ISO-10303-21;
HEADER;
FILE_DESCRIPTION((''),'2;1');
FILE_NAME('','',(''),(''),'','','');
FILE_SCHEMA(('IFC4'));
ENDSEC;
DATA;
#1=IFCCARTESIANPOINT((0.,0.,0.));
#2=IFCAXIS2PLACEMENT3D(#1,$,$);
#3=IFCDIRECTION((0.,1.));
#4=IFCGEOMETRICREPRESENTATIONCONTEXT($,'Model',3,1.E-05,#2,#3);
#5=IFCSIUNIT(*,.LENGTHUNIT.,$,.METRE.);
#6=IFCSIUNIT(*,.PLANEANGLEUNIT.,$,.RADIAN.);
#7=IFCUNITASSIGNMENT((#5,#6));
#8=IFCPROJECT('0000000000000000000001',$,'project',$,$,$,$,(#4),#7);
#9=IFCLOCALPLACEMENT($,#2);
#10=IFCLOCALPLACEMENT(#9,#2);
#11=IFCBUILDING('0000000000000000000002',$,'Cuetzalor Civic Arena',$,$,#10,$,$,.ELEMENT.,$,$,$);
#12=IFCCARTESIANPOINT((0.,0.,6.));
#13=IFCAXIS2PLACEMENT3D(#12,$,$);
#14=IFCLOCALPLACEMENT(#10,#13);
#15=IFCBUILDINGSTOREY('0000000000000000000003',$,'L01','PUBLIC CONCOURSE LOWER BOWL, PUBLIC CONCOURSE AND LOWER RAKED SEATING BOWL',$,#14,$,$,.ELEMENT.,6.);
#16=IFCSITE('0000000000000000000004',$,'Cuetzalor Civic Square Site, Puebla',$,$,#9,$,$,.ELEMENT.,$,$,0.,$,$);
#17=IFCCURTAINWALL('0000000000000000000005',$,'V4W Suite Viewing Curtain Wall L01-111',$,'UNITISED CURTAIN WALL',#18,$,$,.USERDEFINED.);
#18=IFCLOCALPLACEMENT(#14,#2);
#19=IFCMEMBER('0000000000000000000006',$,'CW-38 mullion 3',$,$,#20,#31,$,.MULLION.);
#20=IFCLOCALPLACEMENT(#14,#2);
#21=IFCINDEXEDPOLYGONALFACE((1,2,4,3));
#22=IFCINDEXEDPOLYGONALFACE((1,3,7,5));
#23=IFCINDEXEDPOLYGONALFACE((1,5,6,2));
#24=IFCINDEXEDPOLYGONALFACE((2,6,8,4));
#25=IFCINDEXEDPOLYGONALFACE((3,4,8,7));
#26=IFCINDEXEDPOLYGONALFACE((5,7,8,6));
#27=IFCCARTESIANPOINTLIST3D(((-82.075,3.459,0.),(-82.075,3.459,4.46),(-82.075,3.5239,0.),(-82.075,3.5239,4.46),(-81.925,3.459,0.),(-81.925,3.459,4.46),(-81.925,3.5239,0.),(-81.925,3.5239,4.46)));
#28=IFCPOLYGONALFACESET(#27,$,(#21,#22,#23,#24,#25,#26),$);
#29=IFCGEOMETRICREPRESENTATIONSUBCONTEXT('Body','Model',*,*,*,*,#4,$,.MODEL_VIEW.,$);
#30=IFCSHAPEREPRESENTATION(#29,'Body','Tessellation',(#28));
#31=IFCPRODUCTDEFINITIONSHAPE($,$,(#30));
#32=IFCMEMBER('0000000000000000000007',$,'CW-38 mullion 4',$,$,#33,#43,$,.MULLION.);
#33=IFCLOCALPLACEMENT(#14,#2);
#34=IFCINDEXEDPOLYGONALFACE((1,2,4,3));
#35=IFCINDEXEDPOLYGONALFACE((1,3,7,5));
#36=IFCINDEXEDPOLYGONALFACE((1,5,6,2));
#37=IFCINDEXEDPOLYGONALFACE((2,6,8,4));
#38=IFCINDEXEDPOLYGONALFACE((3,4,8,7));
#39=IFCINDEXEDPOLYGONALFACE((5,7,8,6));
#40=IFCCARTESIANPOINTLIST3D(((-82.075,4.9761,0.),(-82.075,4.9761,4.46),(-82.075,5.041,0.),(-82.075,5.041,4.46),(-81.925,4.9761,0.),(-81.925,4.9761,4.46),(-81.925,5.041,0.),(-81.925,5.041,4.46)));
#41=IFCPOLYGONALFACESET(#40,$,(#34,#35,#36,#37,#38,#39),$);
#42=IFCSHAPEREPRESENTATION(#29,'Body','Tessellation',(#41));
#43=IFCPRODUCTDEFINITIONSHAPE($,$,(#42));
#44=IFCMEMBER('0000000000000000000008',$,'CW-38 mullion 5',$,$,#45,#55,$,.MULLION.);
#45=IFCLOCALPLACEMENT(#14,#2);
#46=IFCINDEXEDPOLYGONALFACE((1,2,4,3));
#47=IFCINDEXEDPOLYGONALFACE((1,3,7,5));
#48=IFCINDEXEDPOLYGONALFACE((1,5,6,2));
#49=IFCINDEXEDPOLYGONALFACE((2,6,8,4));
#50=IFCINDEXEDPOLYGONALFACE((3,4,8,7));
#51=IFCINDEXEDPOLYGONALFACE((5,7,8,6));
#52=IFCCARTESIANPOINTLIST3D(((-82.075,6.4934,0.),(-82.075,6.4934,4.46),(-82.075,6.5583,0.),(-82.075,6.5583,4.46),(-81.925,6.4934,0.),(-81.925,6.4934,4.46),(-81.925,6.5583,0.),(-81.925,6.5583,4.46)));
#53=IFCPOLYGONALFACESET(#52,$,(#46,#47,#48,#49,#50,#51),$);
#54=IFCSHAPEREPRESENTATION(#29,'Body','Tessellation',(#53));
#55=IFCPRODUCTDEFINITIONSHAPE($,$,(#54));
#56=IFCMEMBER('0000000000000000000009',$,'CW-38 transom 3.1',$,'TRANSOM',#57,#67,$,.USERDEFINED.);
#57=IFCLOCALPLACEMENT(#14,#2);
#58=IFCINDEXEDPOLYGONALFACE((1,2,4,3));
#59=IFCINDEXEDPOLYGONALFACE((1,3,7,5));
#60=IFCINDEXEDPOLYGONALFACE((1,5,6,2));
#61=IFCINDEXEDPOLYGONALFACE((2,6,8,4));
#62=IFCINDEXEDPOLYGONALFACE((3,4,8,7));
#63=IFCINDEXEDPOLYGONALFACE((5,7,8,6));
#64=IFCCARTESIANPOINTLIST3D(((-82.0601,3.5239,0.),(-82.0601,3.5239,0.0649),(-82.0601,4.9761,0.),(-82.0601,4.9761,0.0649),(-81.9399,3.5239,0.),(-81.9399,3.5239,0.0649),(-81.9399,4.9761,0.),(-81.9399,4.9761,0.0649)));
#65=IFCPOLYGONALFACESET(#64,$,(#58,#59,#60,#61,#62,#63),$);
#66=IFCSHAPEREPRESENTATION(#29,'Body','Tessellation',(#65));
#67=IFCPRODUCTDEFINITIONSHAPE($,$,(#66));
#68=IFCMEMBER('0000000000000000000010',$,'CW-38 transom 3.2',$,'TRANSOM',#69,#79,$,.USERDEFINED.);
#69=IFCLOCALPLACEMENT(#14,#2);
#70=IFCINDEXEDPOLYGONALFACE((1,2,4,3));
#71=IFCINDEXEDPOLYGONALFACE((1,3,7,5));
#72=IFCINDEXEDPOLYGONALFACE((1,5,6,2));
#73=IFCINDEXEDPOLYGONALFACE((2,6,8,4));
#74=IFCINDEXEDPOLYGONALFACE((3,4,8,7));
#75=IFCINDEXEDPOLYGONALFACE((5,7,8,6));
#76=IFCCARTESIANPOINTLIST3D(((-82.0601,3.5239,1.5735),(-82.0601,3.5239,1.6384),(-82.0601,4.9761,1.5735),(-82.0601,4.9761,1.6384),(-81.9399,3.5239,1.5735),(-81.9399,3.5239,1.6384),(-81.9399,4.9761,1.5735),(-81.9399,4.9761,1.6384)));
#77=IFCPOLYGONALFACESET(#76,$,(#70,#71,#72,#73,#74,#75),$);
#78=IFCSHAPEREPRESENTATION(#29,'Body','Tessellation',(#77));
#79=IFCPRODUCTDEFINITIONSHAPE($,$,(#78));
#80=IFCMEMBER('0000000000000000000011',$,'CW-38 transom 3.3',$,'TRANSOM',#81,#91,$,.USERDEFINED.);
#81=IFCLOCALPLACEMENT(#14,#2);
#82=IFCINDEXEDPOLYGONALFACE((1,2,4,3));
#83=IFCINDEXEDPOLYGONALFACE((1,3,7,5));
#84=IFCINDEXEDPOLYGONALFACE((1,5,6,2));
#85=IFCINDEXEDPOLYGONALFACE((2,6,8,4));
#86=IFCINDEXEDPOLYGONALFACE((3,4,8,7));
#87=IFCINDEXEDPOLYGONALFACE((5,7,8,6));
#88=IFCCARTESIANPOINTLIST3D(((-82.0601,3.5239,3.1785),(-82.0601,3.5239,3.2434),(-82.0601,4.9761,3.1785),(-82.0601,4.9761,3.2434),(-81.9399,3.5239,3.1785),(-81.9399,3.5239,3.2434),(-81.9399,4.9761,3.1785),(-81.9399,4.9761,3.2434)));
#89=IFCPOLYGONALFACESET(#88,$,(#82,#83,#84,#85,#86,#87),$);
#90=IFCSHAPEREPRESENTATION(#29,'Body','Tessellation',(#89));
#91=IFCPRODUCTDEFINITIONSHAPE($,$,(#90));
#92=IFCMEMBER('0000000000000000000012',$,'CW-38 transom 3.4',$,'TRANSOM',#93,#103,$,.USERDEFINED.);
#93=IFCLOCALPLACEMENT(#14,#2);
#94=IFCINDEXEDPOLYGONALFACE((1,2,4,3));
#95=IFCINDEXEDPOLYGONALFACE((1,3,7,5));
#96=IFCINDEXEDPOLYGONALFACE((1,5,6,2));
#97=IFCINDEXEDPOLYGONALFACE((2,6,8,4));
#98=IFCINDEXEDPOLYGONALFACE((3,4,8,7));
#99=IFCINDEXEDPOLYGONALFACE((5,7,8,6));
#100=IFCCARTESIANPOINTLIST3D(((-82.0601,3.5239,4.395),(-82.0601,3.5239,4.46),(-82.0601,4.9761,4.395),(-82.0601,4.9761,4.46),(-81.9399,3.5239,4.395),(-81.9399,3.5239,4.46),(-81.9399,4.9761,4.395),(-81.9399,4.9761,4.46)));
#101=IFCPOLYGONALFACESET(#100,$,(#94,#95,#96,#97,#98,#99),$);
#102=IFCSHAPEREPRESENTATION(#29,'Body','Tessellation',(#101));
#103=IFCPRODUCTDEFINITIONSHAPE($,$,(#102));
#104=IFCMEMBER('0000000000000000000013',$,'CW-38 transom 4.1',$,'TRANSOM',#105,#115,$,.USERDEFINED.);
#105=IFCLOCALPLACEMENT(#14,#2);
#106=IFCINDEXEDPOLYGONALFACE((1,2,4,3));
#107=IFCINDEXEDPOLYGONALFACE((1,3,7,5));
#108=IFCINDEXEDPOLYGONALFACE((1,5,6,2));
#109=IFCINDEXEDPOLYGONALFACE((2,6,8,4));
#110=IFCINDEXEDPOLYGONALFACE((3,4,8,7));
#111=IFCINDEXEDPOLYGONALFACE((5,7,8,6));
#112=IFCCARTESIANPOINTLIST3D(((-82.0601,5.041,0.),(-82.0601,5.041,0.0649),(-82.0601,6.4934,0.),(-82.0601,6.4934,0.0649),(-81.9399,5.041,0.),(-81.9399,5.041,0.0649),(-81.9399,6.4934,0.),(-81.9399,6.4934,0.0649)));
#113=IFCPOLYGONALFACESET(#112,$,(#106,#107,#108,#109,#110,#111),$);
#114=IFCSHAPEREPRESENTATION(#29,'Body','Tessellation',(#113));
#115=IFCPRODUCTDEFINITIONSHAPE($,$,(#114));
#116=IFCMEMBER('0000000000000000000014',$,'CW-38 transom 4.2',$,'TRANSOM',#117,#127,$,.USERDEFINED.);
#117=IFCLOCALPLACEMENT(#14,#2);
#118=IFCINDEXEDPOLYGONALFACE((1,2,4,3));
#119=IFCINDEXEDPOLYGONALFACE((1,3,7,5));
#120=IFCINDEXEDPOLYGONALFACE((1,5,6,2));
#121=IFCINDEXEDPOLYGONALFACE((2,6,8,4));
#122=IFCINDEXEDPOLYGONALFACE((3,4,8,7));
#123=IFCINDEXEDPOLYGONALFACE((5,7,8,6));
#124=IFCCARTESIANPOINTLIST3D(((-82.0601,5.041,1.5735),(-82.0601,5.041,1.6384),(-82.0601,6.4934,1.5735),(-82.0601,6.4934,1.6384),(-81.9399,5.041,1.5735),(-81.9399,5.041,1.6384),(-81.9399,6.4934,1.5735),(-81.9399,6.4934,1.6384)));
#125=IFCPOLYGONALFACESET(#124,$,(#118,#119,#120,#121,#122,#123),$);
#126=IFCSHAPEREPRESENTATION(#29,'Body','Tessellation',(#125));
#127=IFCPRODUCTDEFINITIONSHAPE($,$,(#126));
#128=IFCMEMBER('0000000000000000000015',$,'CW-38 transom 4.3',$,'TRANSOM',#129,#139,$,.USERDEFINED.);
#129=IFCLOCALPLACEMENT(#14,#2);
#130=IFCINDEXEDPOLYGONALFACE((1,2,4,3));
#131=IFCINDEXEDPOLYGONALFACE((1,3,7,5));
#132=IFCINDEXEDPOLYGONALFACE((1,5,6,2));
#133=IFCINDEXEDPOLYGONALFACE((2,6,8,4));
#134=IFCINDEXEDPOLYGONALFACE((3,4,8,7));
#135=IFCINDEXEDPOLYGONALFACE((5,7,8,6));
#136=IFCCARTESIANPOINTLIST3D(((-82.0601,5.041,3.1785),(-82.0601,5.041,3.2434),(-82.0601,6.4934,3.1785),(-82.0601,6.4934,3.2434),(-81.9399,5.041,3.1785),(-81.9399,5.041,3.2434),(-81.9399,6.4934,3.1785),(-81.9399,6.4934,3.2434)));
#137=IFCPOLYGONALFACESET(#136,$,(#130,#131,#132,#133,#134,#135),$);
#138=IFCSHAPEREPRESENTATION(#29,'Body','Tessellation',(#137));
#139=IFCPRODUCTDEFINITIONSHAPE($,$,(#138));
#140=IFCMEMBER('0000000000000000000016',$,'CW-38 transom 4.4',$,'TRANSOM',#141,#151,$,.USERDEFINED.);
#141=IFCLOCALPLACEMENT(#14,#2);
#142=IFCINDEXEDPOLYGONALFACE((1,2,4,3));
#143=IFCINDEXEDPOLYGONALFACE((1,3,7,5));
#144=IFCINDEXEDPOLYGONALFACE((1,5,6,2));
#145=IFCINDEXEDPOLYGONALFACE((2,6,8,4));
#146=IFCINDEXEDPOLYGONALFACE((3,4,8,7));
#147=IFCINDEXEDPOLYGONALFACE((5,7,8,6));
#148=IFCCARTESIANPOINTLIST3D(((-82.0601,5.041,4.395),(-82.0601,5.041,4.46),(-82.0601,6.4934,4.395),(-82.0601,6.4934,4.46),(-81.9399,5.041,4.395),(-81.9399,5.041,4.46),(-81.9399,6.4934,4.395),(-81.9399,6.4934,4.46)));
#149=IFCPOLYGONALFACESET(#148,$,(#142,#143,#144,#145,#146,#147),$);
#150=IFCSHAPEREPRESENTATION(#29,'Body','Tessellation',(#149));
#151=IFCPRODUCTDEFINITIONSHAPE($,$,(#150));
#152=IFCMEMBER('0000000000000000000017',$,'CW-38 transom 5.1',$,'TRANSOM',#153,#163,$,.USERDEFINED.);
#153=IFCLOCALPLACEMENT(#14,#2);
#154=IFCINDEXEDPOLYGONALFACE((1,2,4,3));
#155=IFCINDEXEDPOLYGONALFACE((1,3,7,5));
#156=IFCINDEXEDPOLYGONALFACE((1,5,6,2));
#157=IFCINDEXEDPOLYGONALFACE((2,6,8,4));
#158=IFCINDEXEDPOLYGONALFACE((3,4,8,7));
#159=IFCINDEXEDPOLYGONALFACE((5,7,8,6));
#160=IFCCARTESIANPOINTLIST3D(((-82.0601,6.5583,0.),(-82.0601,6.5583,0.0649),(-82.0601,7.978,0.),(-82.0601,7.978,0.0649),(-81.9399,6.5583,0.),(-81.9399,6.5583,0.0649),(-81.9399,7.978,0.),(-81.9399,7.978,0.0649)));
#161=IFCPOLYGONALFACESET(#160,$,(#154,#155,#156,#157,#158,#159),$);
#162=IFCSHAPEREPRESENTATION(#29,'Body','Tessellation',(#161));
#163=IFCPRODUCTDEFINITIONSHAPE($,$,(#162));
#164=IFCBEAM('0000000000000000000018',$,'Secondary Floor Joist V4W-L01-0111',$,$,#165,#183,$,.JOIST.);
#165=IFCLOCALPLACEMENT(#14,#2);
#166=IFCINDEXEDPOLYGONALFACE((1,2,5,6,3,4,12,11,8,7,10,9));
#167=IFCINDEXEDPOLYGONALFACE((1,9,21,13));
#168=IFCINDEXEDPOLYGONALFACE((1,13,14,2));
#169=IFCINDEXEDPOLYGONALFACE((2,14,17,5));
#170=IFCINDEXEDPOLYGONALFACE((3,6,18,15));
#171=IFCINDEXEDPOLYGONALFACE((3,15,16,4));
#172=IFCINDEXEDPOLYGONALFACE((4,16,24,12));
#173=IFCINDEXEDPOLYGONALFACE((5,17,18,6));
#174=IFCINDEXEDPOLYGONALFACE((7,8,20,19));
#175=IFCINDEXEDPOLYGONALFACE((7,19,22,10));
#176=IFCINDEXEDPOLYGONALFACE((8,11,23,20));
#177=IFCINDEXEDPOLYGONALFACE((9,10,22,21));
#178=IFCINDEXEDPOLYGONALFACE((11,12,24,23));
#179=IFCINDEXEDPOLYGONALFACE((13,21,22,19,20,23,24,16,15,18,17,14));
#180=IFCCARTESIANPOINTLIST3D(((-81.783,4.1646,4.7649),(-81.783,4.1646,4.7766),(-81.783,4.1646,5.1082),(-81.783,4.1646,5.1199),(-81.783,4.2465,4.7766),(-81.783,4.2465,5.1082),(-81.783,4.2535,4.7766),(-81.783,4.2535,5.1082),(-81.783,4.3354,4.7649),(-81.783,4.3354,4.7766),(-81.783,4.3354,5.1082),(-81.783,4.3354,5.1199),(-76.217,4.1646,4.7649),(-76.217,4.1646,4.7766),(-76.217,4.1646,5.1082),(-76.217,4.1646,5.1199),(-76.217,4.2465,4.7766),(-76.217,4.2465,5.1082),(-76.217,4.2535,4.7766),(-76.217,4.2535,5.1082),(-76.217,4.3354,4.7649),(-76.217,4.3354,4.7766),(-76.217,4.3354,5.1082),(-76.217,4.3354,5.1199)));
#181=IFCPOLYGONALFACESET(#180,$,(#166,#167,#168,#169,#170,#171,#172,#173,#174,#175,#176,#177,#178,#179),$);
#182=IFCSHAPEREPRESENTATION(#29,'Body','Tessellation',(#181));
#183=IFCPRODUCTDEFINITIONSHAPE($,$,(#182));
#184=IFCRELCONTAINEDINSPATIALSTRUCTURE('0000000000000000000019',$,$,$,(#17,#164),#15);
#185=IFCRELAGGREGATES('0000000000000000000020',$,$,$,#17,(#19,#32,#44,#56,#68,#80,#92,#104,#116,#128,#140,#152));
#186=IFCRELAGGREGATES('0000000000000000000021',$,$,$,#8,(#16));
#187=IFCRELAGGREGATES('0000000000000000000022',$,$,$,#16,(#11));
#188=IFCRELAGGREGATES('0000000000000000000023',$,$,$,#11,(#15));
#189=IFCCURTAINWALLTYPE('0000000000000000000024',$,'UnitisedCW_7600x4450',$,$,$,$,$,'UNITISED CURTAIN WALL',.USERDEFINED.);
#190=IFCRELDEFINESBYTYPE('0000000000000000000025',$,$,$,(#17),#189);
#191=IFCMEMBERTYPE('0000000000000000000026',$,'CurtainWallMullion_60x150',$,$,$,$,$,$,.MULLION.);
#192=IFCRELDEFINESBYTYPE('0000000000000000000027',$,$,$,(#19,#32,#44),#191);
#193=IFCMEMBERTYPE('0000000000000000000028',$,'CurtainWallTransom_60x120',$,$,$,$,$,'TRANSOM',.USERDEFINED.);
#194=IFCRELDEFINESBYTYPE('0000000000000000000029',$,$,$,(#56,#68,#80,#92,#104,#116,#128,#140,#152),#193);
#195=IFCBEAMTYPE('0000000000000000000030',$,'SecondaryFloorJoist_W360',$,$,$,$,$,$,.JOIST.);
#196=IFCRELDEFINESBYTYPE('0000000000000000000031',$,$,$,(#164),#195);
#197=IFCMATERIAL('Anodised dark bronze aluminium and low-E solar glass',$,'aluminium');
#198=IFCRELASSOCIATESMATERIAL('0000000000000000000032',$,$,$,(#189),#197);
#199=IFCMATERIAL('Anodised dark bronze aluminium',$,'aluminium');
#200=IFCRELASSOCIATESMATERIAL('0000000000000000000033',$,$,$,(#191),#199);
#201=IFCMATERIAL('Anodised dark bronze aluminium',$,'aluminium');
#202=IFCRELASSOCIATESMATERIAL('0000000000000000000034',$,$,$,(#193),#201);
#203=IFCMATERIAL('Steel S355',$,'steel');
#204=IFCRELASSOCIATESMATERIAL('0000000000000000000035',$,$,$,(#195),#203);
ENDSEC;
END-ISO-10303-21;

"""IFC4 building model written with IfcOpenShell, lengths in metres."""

from ifc_helpers import new_model, si_unit, direction, frame, origin, origin_2d, place, context, subcontext, project, spatial, rectangle, i_section, extrude, material, material_profile, profile_set, type_object, element, aggregate, save


model = new_model("IFC4")

# Units and contexts
model_context = context("Model", 3, precision=1e-05, world=origin(), true_north=direction((0.0, 1.0)))
body_context = subcontext(model_context, "Body", "Model", "MODEL_VIEW")
ifc_project = project(units=[si_unit("LENGTHUNIT", "METRE"), si_unit("PLANEANGLEUNIT", "RADIAN")], contexts=[model_context])

# Site, building, storey
site_placement = place(None, origin())
site = spatial("IfcSite", under=ifc_project, at=site_placement, Name="Cuetzalor Civic Square Site, Puebla", CompositionType="ELEMENT", RefElevation=0.0)
building_placement = place(site_placement, origin())
building = spatial("IfcBuilding", under=site, at=building_placement, Name="Cuetzalor Civic Arena", CompositionType="ELEMENT")
storey_placement = place(building_placement, frame((0.0, 0.0, 6.0)))
storey = spatial("IfcBuildingStorey", under=building, at=storey_placement, Name="L01", Description="PUBLIC CONCOURSE LOWER BOWL, PUBLIC CONCOURSE AND LOWER RAKED SEATING BOWL", CompositionType="ELEMENT", Elevation=6.0)

# Curtain wall, members
ifc_material_1 = material(Name="Anodised dark bronze aluminium and low-E solar glass", Category="aluminium")
curtain_wall_type = type_object("IfcCurtainWallType", Name="UnitisedCW_7600x4450", ElementType="UNITISED CURTAIN WALL", PredefinedType="USERDEFINED", material=ifc_material_1)
curtain_wall_placement = place(storey_placement, origin())
curtain_wall = element("IfcCurtainWall", 1, at=curtain_wall_placement, inside=storey, type_object=curtain_wall_type, Name="V4W Suite Viewing Curtain Wall L01-111", ObjectType="UNITISED CURTAIN WALL", PredefinedType="USERDEFINED")
ifc_material_2 = material(Name="Anodised dark bronze aluminium", Category="aluminium")
ifc_material_profile_1 = material_profile(ifc_material_2, rectangle(XDim=0.0649, YDim=0.1499, at=origin_2d()), Name="ALU MULLION 65x150")
ifc_profile_set_1 = profile_set([ifc_material_profile_1], Name="Anodised dark bronze aluminium")
member_type_1 = type_object("IfcMemberType", Name="CurtainWallMullion_60x150", PredefinedType="MULLION", material=ifc_profile_set_1)
member_1_placement = place(storey_placement, frame((-82.0, 3.4915, 0.0), z_axis=(0.0, 0.0, 1.0), x_axis=(0.0, 1.0, 0.0)))
member_1 = element("IfcMember", 2, at=member_1_placement, type_object=member_type_1, Name="CW-38 mullion 3", PredefinedType="MULLION", context=body_context, shape_type="SweptSolid", body=[
    extrude(rectangle(XDim=0.0649, YDim=0.1499, at=origin_2d()), origin(), (0.0, 0.0, 1.0), 4.46),
])
member_2_placement = place(storey_placement, frame((-82.0, 5.0085, 0.0), z_axis=(0.0, 0.0, 1.0), x_axis=(0.0, 1.0, 0.0)))
member_2 = element("IfcMember", 3, at=member_2_placement, type_object=member_type_1, Name="CW-38 mullion 4", PredefinedType="MULLION", context=body_context, shape_type="SweptSolid", body=[
    extrude(rectangle(XDim=0.0649, YDim=0.1499, at=origin_2d()), origin(), (0.0, 0.0, 1.0), 4.46),
])
member_3_placement = place(storey_placement, frame((-82.0, 6.5259, 0.0), z_axis=(0.0, 0.0, 1.0), x_axis=(0.0, 1.0, 0.0)))
member_3 = element("IfcMember", 4, at=member_3_placement, type_object=member_type_1, Name="CW-38 mullion 5", PredefinedType="MULLION", context=body_context, shape_type="SweptSolid", body=[
    extrude(rectangle(XDim=0.0649, YDim=0.1499, at=origin_2d()), origin(), (0.0, 0.0, 1.0), 4.46),
])
ifc_material_3 = material(Name="Anodised dark bronze aluminium", Category="aluminium")
ifc_material_profile_2 = material_profile(ifc_material_3, rectangle(XDim=0.1201, YDim=0.0649, at=origin_2d()), Name="ALU TRANSOM 65x120")
ifc_profile_set_2 = profile_set([ifc_material_profile_2], Name="Anodised dark bronze aluminium")
member_type_2 = type_object("IfcMemberType", Name="CurtainWallTransom_60x120", ElementType="TRANSOM", PredefinedType="USERDEFINED", material=ifc_profile_set_2)
member_4_placement = place(storey_placement, frame((-82.0, 3.5239, 0.0325), z_axis=(0.0, 1.0, 0.0), x_axis=(-1.0, 0.0, 0.0)))
member_4 = element("IfcMember", 5, at=member_4_placement, type_object=member_type_2, Name="CW-38 transom 3.1", ObjectType="TRANSOM", PredefinedType="USERDEFINED", context=body_context, shape_type="SweptSolid", body=[
    extrude(rectangle(XDim=0.1201, YDim=0.0649, at=origin_2d()), origin(), (0.0, 0.0, 1.0), 1.4521),
])
member_5_placement = place(storey_placement, frame((-82.0, 3.5239, 1.606), z_axis=(0.0, 1.0, 0.0), x_axis=(-1.0, 0.0, 0.0)))
member_5 = element("IfcMember", 6, at=member_5_placement, type_object=member_type_2, Name="CW-38 transom 3.2", ObjectType="TRANSOM", PredefinedType="USERDEFINED", context=body_context, shape_type="SweptSolid", body=[
    extrude(rectangle(XDim=0.1201, YDim=0.0649, at=origin_2d()), origin(), (0.0, 0.0, 1.0), 1.4521),
])
member_6_placement = place(storey_placement, frame((-82.0, 3.5239, 3.2109), z_axis=(0.0, 1.0, 0.0), x_axis=(-1.0, 0.0, 0.0)))
member_6 = element("IfcMember", 7, at=member_6_placement, type_object=member_type_2, Name="CW-38 transom 3.3", ObjectType="TRANSOM", PredefinedType="USERDEFINED", context=body_context, shape_type="SweptSolid", body=[
    extrude(rectangle(XDim=0.1201, YDim=0.0649, at=origin_2d()), origin(), (0.0, 0.0, 1.0), 1.4521),
])
member_7_placement = place(storey_placement, frame((-82.0, 3.5239, 4.4275), z_axis=(0.0, 1.0, 0.0), x_axis=(-1.0, 0.0, 0.0)))
member_7 = element("IfcMember", 8, at=member_7_placement, type_object=member_type_2, Name="CW-38 transom 3.4", ObjectType="TRANSOM", PredefinedType="USERDEFINED", context=body_context, shape_type="SweptSolid", body=[
    extrude(rectangle(XDim=0.1201, YDim=0.0649, at=origin_2d()), origin(), (0.0, 0.0, 1.0), 1.4521),
])
member_8_placement = place(storey_placement, frame((-82.0, 5.041, 0.0325), z_axis=(0.0, 1.0, 0.0), x_axis=(-1.0, 0.0, 0.0)))
member_8 = element("IfcMember", 9, at=member_8_placement, type_object=member_type_2, Name="CW-38 transom 4.1", ObjectType="TRANSOM", PredefinedType="USERDEFINED", context=body_context, shape_type="SweptSolid", body=[
    extrude(rectangle(XDim=0.1201, YDim=0.0649, at=origin_2d()), origin(), (0.0, 0.0, 1.0), 1.4524),
])
member_9_placement = place(storey_placement, frame((-82.0, 5.041, 1.606), z_axis=(0.0, 1.0, 0.0), x_axis=(-1.0, 0.0, 0.0)))
member_9 = element("IfcMember", 10, at=member_9_placement, type_object=member_type_2, Name="CW-38 transom 4.2", ObjectType="TRANSOM", PredefinedType="USERDEFINED", context=body_context, shape_type="SweptSolid", body=[
    extrude(rectangle(XDim=0.1201, YDim=0.0649, at=origin_2d()), origin(), (0.0, 0.0, 1.0), 1.4524),
])
member_10_placement = place(storey_placement, frame((-82.0, 5.041, 3.2109), z_axis=(0.0, 1.0, 0.0), x_axis=(-1.0, 0.0, 0.0)))
member_10 = element("IfcMember", 11, at=member_10_placement, type_object=member_type_2, Name="CW-38 transom 4.3", ObjectType="TRANSOM", PredefinedType="USERDEFINED", context=body_context, shape_type="SweptSolid", body=[
    extrude(rectangle(XDim=0.1201, YDim=0.0649, at=origin_2d()), origin(), (0.0, 0.0, 1.0), 1.4524),
])
member_11_placement = place(storey_placement, frame((-82.0, 5.041, 4.4275), z_axis=(0.0, 1.0, 0.0), x_axis=(-1.0, 0.0, 0.0)))
member_11 = element("IfcMember", 12, at=member_11_placement, type_object=member_type_2, Name="CW-38 transom 4.4", ObjectType="TRANSOM", PredefinedType="USERDEFINED", context=body_context, shape_type="SweptSolid", body=[
    extrude(rectangle(XDim=0.1201, YDim=0.0649, at=origin_2d()), origin(), (0.0, 0.0, 1.0), 1.4524),
])
member_12_placement = place(storey_placement, frame((-82.0, 6.5583, 0.0325), z_axis=(0.0, 1.0, 0.0), x_axis=(-1.0, 0.0, 0.0)))
member_12 = element("IfcMember", 13, at=member_12_placement, type_object=member_type_2, Name="CW-38 transom 5.1", ObjectType="TRANSOM", PredefinedType="USERDEFINED", context=body_context, shape_type="SweptSolid", body=[
    extrude(rectangle(XDim=0.1201, YDim=0.0649, at=origin_2d()), origin(), (0.0, 0.0, 1.0), 1.4197),
])

# Beam
ifc_material_4 = material(Name="Steel S355", Category="steel")
ifc_material_profile_3 = material_profile(ifc_material_4, i_section(OverallWidth=0.1709, OverallDepth=0.355, WebThickness=0.0071, FlangeThickness=0.0117, at=origin_2d()), Name="W360x51")
ifc_profile_set_3 = profile_set([ifc_material_profile_3], Name="Steel S355")
beam_type = type_object("IfcBeamType", Name="SecondaryFloorJoist_W360", PredefinedType="JOIST", material=ifc_profile_set_3)
beam_placement = place(storey_placement, frame((-81.783, 4.25, 4.9424), z_axis=(1.0, 0.0, 0.0), x_axis=(0.0, 1.0, 0.0)))
element("IfcBeam", 14, at=beam_placement, inside=storey, type_object=beam_type, Name="Secondary Floor Joist V4W-L01-0111", PredefinedType="JOIST", context=body_context, shape_type="SweptSolid", body=[
    extrude(i_section(OverallWidth=0.1709, OverallDepth=0.355, WebThickness=0.0071, FlangeThickness=0.0117, at=origin_2d()), origin(), (0.0, 0.0, 1.0), 5.5659),
])

aggregate(curtain_wall, [member_1, member_2, member_3, member_4, member_5, member_6, member_7, member_8, member_9, member_10, member_11, member_12])

save(model, "model.ifc")
